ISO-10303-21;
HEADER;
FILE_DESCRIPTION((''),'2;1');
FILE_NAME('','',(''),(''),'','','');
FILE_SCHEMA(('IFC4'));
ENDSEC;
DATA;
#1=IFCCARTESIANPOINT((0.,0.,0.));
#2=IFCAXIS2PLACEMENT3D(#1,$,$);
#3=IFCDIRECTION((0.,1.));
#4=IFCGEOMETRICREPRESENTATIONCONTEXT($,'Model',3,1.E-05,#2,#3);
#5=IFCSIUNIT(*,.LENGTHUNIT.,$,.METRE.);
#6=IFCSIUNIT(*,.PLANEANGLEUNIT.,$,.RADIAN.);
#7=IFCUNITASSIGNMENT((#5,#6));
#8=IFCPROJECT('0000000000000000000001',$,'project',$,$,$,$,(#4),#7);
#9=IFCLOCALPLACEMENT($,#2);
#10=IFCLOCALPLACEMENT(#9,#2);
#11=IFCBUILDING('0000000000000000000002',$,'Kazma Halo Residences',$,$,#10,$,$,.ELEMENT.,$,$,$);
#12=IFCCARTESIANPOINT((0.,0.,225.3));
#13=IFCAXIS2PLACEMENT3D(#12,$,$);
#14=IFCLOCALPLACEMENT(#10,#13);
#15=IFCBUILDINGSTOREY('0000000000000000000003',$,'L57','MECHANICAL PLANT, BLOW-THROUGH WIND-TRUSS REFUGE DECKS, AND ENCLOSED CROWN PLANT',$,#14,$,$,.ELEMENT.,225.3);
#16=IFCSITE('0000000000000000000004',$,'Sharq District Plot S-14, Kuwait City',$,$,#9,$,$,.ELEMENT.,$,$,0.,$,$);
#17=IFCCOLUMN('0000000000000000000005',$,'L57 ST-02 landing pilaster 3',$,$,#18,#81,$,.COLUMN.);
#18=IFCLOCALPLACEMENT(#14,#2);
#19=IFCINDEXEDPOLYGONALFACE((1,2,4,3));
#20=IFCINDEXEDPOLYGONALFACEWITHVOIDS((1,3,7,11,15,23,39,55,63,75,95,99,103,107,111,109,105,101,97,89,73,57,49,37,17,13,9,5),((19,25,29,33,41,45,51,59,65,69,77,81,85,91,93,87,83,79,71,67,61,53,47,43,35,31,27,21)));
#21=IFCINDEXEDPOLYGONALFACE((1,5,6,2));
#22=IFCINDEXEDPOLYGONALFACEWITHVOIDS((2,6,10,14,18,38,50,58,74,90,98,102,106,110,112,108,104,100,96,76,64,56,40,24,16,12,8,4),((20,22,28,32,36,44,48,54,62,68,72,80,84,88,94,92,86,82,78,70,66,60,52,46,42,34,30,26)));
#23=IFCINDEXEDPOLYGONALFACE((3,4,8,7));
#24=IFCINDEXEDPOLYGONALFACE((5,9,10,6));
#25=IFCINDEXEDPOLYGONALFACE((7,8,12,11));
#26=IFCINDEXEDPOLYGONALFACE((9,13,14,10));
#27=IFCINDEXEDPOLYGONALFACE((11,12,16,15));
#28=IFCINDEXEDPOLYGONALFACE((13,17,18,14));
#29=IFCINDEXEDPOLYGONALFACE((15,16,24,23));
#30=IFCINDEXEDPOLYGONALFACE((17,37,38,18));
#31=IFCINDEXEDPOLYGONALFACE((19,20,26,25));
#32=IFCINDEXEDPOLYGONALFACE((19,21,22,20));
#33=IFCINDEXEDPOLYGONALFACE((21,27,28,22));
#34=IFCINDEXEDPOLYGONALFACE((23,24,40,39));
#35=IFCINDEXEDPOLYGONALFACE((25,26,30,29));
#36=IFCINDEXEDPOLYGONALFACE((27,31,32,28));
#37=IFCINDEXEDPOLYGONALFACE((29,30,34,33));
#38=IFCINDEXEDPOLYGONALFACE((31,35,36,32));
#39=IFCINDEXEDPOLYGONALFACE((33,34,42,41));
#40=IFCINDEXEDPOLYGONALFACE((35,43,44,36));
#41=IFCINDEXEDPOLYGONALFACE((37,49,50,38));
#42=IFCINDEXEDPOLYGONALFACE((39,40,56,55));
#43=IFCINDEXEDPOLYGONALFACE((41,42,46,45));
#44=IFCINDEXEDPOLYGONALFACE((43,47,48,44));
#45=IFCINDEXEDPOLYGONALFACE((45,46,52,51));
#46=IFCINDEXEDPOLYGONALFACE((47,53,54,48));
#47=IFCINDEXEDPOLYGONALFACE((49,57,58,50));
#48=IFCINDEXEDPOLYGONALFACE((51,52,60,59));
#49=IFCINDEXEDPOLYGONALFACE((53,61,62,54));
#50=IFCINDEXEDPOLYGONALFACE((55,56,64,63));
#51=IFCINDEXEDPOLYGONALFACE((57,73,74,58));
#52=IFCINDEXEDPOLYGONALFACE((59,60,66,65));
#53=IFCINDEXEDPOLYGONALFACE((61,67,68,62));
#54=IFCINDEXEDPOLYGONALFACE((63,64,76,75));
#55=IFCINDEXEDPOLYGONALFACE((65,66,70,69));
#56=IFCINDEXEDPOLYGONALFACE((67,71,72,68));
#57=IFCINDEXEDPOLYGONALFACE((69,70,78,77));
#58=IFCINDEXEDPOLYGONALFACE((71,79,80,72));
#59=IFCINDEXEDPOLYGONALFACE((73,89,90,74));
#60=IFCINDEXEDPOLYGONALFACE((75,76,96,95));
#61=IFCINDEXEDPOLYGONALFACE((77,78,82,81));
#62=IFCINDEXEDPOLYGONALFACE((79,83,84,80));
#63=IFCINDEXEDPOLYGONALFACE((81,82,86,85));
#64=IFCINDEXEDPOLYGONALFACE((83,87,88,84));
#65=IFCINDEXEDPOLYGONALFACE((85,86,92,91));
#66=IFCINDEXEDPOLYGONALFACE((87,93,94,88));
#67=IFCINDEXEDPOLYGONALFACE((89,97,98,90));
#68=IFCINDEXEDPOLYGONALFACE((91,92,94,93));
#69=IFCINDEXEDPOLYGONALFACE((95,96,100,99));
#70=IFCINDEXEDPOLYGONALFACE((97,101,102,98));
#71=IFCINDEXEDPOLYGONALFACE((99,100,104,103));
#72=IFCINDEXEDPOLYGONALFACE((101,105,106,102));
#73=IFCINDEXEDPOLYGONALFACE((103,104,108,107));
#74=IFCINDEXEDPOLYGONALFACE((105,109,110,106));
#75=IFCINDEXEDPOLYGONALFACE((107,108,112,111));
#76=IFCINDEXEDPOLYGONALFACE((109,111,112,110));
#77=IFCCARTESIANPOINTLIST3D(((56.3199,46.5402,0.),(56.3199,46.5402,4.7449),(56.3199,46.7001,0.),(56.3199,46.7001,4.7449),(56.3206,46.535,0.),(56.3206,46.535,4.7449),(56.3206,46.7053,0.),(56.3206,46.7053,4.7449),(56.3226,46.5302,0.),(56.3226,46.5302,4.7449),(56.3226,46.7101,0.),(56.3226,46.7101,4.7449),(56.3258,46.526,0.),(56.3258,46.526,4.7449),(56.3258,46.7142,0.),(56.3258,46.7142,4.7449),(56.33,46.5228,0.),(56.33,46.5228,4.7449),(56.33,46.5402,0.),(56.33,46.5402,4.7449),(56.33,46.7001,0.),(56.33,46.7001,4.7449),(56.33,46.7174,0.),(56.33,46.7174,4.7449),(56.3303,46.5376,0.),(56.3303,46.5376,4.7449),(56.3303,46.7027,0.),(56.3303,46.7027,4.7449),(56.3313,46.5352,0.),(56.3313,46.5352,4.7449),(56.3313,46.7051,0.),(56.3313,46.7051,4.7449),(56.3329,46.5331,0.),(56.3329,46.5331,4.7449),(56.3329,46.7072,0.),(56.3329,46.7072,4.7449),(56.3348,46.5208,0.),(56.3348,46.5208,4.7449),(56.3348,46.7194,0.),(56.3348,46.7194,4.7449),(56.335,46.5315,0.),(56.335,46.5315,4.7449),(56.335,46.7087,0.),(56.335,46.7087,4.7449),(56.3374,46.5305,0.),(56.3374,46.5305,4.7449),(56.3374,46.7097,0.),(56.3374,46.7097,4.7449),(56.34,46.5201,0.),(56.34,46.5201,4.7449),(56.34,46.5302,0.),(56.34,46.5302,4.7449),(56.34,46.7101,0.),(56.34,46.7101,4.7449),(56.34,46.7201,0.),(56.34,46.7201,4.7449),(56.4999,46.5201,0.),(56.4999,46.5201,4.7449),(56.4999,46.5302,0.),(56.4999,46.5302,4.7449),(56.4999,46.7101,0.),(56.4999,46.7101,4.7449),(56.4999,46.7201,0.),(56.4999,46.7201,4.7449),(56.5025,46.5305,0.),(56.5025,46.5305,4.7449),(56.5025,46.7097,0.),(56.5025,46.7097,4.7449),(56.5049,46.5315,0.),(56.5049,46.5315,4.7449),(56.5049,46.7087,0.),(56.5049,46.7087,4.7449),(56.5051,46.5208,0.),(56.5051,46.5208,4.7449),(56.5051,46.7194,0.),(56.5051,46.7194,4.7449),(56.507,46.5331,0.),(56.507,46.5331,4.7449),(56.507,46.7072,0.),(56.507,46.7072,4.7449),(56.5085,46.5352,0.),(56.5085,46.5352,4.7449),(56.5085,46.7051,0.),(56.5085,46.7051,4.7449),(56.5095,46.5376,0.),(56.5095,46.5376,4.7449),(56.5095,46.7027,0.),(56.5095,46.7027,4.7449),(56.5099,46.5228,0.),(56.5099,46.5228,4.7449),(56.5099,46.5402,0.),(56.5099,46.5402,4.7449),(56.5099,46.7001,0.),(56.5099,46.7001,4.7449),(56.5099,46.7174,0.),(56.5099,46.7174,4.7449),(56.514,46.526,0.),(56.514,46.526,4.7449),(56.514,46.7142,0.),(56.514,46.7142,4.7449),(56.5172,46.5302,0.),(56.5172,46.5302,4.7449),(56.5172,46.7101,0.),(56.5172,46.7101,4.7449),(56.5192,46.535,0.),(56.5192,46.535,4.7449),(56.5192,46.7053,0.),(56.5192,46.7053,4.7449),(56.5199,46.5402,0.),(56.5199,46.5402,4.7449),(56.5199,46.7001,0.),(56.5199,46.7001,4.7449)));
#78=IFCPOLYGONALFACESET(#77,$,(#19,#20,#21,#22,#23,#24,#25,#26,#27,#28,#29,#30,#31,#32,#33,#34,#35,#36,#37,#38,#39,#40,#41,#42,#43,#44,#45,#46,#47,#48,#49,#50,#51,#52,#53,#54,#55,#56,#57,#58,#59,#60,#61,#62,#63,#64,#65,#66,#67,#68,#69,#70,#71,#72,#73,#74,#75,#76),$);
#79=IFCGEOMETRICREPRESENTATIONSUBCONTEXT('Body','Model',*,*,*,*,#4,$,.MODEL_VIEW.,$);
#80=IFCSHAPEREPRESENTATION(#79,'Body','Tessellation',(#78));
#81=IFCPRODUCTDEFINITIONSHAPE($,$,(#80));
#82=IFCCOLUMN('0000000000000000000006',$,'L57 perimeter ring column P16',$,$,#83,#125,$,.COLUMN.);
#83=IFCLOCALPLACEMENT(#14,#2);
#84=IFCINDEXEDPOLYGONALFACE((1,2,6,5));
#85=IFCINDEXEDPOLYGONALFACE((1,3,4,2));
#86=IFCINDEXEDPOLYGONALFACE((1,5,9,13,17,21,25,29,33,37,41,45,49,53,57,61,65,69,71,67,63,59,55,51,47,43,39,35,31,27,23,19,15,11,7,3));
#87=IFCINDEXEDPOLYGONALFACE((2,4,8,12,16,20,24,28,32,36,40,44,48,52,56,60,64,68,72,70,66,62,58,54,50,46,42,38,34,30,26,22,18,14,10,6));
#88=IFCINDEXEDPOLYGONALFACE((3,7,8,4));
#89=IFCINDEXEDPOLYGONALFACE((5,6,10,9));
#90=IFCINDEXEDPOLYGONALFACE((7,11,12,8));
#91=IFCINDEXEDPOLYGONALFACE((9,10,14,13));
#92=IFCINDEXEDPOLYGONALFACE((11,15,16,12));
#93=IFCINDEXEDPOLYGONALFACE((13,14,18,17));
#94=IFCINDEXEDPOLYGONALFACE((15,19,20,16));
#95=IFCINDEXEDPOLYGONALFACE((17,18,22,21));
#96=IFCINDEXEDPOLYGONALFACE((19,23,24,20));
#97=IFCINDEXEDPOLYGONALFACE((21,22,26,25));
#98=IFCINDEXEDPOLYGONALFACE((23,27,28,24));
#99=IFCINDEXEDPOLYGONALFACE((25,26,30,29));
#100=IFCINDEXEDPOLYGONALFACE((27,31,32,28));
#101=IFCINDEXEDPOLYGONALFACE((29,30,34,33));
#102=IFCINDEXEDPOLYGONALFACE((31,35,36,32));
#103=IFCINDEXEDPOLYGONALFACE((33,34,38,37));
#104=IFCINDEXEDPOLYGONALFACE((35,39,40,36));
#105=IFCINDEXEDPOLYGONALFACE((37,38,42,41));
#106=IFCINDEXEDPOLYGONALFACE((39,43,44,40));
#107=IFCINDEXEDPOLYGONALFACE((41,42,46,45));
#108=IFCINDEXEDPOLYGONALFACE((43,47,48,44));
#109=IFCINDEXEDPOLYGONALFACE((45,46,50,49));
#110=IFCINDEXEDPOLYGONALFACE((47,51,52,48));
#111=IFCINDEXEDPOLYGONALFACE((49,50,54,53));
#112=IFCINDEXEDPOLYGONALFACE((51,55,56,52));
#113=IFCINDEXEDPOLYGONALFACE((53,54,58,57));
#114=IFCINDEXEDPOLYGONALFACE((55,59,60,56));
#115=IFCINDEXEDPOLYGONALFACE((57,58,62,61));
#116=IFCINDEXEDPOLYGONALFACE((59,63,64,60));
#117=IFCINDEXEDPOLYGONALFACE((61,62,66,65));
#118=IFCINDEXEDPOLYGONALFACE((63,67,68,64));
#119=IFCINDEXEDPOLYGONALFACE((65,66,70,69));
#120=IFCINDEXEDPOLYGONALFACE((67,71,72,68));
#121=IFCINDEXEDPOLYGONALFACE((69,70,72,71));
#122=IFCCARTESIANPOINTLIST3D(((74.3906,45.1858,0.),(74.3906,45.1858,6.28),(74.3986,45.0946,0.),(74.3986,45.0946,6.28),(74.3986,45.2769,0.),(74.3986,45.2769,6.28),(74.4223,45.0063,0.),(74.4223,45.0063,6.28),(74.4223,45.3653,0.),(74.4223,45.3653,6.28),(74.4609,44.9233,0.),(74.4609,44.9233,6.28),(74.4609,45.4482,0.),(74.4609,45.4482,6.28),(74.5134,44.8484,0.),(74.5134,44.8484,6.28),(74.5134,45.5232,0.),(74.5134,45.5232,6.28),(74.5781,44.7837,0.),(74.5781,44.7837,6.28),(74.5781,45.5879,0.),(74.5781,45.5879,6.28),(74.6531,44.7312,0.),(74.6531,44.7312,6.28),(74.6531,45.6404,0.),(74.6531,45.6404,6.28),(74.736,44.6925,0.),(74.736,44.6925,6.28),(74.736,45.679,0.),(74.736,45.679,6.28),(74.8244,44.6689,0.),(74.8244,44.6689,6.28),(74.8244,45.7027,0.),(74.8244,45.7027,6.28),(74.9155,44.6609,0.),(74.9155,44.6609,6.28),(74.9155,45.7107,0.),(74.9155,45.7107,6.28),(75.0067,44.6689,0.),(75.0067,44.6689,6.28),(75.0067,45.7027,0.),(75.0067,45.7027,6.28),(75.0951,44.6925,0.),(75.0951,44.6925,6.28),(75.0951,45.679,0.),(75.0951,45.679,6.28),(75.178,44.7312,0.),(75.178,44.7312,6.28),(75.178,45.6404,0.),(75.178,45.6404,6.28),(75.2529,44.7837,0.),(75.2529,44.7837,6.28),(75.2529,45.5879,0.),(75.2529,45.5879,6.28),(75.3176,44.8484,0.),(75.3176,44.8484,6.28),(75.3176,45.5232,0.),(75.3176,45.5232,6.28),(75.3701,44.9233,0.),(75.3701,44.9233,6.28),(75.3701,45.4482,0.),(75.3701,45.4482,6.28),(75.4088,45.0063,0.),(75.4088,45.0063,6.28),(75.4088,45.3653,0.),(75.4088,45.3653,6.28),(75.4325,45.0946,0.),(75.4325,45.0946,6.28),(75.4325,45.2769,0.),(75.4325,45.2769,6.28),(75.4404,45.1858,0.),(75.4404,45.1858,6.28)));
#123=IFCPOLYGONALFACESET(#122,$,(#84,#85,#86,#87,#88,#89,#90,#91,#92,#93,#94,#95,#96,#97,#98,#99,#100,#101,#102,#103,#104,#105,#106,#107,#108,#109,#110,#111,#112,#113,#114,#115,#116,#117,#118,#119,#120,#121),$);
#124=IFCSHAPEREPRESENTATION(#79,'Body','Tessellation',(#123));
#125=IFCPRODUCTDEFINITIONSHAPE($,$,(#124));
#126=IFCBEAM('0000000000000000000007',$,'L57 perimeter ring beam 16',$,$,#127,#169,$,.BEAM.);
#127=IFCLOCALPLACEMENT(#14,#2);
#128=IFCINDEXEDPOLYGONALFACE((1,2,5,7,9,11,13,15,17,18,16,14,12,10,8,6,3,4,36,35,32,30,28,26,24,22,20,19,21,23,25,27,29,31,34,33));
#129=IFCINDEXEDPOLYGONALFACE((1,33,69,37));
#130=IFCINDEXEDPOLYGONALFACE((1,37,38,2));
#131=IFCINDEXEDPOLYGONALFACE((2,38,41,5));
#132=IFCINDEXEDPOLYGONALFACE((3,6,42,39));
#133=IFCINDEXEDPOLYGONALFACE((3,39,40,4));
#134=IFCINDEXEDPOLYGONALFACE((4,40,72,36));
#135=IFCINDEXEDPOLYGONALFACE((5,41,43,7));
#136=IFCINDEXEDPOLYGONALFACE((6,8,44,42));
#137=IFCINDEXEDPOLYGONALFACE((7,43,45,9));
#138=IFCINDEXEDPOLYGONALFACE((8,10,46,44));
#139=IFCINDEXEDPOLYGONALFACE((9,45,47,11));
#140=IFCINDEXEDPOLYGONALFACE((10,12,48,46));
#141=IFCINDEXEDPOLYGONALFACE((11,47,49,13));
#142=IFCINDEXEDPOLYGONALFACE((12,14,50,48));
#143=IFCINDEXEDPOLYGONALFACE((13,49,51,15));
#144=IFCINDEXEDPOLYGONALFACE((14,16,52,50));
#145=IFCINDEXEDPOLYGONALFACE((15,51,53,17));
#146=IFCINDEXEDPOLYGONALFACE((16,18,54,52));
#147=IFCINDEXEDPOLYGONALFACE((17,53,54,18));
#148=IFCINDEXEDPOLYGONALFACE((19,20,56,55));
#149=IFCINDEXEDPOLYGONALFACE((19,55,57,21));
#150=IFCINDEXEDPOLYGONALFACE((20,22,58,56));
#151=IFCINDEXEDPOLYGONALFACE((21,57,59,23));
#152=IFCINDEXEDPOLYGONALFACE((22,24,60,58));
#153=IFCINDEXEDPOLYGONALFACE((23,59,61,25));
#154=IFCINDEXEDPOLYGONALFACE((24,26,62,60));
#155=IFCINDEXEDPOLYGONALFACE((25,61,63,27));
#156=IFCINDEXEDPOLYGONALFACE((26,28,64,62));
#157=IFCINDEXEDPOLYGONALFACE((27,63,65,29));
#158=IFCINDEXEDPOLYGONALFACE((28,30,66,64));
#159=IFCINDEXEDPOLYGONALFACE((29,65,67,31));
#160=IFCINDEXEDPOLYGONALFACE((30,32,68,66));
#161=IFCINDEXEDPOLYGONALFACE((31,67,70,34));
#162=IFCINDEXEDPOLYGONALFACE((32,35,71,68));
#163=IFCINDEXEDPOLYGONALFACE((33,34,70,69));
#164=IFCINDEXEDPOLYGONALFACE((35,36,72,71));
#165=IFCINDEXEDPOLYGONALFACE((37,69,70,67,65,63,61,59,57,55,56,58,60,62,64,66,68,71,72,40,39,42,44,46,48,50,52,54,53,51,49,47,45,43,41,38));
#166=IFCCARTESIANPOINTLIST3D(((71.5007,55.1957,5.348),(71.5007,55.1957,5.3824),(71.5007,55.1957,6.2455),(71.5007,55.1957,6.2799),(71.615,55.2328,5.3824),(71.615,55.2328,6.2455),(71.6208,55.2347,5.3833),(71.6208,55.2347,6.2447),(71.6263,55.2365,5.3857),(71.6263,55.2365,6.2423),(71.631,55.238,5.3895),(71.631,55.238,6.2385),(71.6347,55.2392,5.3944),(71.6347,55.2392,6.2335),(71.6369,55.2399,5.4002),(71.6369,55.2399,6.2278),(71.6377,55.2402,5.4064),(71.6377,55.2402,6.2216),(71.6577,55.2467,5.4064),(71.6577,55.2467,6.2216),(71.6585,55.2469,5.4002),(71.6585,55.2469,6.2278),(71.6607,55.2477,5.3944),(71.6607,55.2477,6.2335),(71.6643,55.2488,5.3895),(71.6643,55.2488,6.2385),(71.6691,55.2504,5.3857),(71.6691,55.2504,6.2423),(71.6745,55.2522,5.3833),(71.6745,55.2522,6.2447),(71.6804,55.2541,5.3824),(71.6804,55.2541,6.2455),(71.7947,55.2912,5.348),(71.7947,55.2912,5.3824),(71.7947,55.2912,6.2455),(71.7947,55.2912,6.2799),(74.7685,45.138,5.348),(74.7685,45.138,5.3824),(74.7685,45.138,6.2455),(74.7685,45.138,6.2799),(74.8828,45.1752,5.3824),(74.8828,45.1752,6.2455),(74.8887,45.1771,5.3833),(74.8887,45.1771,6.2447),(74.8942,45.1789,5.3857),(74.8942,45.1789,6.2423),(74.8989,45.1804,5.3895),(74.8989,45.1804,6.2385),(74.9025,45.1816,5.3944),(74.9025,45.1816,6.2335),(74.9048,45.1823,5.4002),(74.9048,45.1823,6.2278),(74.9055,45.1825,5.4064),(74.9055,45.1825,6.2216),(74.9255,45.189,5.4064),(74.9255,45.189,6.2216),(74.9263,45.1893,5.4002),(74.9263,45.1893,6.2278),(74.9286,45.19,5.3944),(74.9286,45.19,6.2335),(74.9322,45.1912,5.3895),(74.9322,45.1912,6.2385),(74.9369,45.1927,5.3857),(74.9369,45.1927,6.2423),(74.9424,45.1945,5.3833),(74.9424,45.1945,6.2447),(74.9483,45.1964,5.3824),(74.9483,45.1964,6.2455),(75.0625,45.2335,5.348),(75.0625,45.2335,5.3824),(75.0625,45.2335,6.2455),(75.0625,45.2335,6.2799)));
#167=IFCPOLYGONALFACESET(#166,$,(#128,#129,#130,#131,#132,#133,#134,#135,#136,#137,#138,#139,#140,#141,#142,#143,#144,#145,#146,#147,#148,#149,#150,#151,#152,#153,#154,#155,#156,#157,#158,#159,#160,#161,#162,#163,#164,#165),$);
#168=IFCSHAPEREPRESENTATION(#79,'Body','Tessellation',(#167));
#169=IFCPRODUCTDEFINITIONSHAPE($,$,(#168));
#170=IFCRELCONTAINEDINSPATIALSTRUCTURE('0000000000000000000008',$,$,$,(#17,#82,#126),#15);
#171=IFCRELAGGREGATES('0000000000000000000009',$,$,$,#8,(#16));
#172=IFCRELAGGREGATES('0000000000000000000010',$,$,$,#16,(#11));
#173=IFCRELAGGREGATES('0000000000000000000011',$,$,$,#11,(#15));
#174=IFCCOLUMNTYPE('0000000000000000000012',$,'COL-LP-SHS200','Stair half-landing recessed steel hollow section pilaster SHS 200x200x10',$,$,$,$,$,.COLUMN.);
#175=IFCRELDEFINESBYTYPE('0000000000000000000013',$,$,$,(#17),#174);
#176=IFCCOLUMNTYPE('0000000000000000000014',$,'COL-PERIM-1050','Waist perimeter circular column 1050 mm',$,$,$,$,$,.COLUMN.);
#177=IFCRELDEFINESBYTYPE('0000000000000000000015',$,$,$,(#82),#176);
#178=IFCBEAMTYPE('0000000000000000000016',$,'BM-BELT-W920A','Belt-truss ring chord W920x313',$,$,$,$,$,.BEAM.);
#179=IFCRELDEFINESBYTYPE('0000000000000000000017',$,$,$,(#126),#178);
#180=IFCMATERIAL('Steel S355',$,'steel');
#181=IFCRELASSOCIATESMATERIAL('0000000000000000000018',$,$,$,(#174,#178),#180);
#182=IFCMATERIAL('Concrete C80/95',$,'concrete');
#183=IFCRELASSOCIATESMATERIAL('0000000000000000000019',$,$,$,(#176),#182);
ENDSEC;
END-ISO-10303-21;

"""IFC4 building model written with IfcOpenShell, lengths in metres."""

from ifc_helpers import new_model, si_unit, direction, frame, origin, origin_2d, place, context, subcontext, project, spatial, hollow_rectangle, circle, i_section, extrude, material, material_profile, profile_set, type_object, element, save


model = new_model("IFC4")

# Units and contexts
model_context = context("Model", 3, precision=1e-05, world=origin(), true_north=direction((0.0, 1.0)))
body_context = subcontext(model_context, "Body", "Model", "MODEL_VIEW")
ifc_project = project(units=[si_unit("LENGTHUNIT", "METRE"), si_unit("PLANEANGLEUNIT", "RADIAN")], contexts=[model_context])

# Site, building, storey
site_placement = place(None, origin())
site = spatial("IfcSite", under=ifc_project, at=site_placement, Name="Sharq District Plot S-14, Kuwait City", CompositionType="ELEMENT", RefElevation=0.0)
building_placement = place(site_placement, origin())
building = spatial("IfcBuilding", under=site, at=building_placement, Name="Kazma Halo Residences", CompositionType="ELEMENT")
storey_placement = place(building_placement, frame((0.0, 0.0, 225.3)))
storey = spatial("IfcBuildingStorey", under=building, at=storey_placement, Name="L57", Description="MECHANICAL PLANT, BLOW-THROUGH WIND-TRUSS REFUGE DECKS, AND ENCLOSED CROWN PLANT", CompositionType="ELEMENT", Elevation=225.3)

# Columns
ifc_material_1 = material(Name="Steel S355", Category="steel")
ifc_material_profile_1 = material_profile(ifc_material_1, hollow_rectangle(XDim=0.2, YDim=0.2, WallThickness=0.01, InnerFilletRadius=0.01, OuterFilletRadius=0.02, at=origin_2d()), Name="SHS200x200x10")
ifc_profile_set_1 = profile_set([ifc_material_profile_1], Name="Steel S355")
column_type_1 = type_object("IfcColumnType", Name="COL-LP-SHS200", Description="Stair half-landing recessed steel hollow section pilaster SHS 200x200x10", PredefinedType="COLUMN", material=ifc_profile_set_1)
column_1_placement = place(storey_placement, frame((56.4199, 46.6201, 0.0), z_axis=(0.0, 0.0, 1.0), x_axis=(1.0, 0.0, 0.0)))
element("IfcColumn", 1, at=column_1_placement, inside=storey, type_object=column_type_1, Name="L57 ST-02 landing pilaster 3", PredefinedType="COLUMN", context=body_context, shape_type="SweptSolid", body=[
    extrude(hollow_rectangle(XDim=0.2, YDim=0.2, WallThickness=0.01, InnerFilletRadius=0.01, OuterFilletRadius=0.02, at=origin_2d()), origin(), (0.0, 0.0, 1.0), 4.7449),
])
ifc_material_2 = material(Name="Concrete C80/95", Category="concrete")
ifc_material_profile_2 = material_profile(ifc_material_2, circle(Radius=0.5249, at=origin_2d()), Name="CIRC1050")
ifc_profile_set_2 = profile_set([ifc_material_profile_2], Name="Concrete C80/95")
column_type_2 = type_object("IfcColumnType", Name="COL-PERIM-1050", Description="Waist perimeter circular column 1050 mm", PredefinedType="COLUMN", material=ifc_profile_set_2)
column_2_placement = place(storey_placement, frame((74.9155, 45.1858, 0.0), z_axis=(0.0, 0.0, 1.0), x_axis=(1.0, 0.0, 0.0)))
element("IfcColumn", 2, at=column_2_placement, inside=storey, type_object=column_type_2, Name="L57 perimeter ring column P16", PredefinedType="COLUMN", context=body_context, shape_type="SweptSolid", body=[
    extrude(circle(Radius=0.5249, at=origin_2d()), origin(), (0.0, 0.0, 1.0), 6.28),
])

# Beam
ifc_material_profile_3 = material_profile(ifc_material_1, i_section(OverallWidth=0.3091, OverallDepth=0.9319, WebThickness=0.021, FlangeThickness=0.0344, FilletRadius=0.0239, at=origin_2d()), Name="W920x313")
ifc_profile_set_3 = profile_set([ifc_material_profile_3], Name="Steel S355")
beam_type_1 = type_object("IfcBeamType", Name="BM-BELT-W920A", Description="Belt-truss ring chord W920x313", PredefinedType="BEAM", material=ifc_profile_set_3)
beam_1_placement = place(storey_placement, frame((74.9155, 45.1858, 5.814), z_axis=(-0.309009, 0.951059, 0.0), x_axis=(-0.951059, -0.309009, 0.0)))
element("IfcBeam", 3, at=beam_1_placement, inside=storey, type_object=beam_type_1, Name="L57 perimeter ring beam 16", PredefinedType="BEAM", context=body_context, shape_type="SweptSolid", body=[
    extrude(i_section(OverallWidth=0.3091, OverallDepth=0.9319, WebThickness=0.021, FlangeThickness=0.0344, FilletRadius=0.0239, at=origin_2d()), origin(), (0.0, 0.0, 1.0), 10.5752),
])

save(model, "model.ifc")
